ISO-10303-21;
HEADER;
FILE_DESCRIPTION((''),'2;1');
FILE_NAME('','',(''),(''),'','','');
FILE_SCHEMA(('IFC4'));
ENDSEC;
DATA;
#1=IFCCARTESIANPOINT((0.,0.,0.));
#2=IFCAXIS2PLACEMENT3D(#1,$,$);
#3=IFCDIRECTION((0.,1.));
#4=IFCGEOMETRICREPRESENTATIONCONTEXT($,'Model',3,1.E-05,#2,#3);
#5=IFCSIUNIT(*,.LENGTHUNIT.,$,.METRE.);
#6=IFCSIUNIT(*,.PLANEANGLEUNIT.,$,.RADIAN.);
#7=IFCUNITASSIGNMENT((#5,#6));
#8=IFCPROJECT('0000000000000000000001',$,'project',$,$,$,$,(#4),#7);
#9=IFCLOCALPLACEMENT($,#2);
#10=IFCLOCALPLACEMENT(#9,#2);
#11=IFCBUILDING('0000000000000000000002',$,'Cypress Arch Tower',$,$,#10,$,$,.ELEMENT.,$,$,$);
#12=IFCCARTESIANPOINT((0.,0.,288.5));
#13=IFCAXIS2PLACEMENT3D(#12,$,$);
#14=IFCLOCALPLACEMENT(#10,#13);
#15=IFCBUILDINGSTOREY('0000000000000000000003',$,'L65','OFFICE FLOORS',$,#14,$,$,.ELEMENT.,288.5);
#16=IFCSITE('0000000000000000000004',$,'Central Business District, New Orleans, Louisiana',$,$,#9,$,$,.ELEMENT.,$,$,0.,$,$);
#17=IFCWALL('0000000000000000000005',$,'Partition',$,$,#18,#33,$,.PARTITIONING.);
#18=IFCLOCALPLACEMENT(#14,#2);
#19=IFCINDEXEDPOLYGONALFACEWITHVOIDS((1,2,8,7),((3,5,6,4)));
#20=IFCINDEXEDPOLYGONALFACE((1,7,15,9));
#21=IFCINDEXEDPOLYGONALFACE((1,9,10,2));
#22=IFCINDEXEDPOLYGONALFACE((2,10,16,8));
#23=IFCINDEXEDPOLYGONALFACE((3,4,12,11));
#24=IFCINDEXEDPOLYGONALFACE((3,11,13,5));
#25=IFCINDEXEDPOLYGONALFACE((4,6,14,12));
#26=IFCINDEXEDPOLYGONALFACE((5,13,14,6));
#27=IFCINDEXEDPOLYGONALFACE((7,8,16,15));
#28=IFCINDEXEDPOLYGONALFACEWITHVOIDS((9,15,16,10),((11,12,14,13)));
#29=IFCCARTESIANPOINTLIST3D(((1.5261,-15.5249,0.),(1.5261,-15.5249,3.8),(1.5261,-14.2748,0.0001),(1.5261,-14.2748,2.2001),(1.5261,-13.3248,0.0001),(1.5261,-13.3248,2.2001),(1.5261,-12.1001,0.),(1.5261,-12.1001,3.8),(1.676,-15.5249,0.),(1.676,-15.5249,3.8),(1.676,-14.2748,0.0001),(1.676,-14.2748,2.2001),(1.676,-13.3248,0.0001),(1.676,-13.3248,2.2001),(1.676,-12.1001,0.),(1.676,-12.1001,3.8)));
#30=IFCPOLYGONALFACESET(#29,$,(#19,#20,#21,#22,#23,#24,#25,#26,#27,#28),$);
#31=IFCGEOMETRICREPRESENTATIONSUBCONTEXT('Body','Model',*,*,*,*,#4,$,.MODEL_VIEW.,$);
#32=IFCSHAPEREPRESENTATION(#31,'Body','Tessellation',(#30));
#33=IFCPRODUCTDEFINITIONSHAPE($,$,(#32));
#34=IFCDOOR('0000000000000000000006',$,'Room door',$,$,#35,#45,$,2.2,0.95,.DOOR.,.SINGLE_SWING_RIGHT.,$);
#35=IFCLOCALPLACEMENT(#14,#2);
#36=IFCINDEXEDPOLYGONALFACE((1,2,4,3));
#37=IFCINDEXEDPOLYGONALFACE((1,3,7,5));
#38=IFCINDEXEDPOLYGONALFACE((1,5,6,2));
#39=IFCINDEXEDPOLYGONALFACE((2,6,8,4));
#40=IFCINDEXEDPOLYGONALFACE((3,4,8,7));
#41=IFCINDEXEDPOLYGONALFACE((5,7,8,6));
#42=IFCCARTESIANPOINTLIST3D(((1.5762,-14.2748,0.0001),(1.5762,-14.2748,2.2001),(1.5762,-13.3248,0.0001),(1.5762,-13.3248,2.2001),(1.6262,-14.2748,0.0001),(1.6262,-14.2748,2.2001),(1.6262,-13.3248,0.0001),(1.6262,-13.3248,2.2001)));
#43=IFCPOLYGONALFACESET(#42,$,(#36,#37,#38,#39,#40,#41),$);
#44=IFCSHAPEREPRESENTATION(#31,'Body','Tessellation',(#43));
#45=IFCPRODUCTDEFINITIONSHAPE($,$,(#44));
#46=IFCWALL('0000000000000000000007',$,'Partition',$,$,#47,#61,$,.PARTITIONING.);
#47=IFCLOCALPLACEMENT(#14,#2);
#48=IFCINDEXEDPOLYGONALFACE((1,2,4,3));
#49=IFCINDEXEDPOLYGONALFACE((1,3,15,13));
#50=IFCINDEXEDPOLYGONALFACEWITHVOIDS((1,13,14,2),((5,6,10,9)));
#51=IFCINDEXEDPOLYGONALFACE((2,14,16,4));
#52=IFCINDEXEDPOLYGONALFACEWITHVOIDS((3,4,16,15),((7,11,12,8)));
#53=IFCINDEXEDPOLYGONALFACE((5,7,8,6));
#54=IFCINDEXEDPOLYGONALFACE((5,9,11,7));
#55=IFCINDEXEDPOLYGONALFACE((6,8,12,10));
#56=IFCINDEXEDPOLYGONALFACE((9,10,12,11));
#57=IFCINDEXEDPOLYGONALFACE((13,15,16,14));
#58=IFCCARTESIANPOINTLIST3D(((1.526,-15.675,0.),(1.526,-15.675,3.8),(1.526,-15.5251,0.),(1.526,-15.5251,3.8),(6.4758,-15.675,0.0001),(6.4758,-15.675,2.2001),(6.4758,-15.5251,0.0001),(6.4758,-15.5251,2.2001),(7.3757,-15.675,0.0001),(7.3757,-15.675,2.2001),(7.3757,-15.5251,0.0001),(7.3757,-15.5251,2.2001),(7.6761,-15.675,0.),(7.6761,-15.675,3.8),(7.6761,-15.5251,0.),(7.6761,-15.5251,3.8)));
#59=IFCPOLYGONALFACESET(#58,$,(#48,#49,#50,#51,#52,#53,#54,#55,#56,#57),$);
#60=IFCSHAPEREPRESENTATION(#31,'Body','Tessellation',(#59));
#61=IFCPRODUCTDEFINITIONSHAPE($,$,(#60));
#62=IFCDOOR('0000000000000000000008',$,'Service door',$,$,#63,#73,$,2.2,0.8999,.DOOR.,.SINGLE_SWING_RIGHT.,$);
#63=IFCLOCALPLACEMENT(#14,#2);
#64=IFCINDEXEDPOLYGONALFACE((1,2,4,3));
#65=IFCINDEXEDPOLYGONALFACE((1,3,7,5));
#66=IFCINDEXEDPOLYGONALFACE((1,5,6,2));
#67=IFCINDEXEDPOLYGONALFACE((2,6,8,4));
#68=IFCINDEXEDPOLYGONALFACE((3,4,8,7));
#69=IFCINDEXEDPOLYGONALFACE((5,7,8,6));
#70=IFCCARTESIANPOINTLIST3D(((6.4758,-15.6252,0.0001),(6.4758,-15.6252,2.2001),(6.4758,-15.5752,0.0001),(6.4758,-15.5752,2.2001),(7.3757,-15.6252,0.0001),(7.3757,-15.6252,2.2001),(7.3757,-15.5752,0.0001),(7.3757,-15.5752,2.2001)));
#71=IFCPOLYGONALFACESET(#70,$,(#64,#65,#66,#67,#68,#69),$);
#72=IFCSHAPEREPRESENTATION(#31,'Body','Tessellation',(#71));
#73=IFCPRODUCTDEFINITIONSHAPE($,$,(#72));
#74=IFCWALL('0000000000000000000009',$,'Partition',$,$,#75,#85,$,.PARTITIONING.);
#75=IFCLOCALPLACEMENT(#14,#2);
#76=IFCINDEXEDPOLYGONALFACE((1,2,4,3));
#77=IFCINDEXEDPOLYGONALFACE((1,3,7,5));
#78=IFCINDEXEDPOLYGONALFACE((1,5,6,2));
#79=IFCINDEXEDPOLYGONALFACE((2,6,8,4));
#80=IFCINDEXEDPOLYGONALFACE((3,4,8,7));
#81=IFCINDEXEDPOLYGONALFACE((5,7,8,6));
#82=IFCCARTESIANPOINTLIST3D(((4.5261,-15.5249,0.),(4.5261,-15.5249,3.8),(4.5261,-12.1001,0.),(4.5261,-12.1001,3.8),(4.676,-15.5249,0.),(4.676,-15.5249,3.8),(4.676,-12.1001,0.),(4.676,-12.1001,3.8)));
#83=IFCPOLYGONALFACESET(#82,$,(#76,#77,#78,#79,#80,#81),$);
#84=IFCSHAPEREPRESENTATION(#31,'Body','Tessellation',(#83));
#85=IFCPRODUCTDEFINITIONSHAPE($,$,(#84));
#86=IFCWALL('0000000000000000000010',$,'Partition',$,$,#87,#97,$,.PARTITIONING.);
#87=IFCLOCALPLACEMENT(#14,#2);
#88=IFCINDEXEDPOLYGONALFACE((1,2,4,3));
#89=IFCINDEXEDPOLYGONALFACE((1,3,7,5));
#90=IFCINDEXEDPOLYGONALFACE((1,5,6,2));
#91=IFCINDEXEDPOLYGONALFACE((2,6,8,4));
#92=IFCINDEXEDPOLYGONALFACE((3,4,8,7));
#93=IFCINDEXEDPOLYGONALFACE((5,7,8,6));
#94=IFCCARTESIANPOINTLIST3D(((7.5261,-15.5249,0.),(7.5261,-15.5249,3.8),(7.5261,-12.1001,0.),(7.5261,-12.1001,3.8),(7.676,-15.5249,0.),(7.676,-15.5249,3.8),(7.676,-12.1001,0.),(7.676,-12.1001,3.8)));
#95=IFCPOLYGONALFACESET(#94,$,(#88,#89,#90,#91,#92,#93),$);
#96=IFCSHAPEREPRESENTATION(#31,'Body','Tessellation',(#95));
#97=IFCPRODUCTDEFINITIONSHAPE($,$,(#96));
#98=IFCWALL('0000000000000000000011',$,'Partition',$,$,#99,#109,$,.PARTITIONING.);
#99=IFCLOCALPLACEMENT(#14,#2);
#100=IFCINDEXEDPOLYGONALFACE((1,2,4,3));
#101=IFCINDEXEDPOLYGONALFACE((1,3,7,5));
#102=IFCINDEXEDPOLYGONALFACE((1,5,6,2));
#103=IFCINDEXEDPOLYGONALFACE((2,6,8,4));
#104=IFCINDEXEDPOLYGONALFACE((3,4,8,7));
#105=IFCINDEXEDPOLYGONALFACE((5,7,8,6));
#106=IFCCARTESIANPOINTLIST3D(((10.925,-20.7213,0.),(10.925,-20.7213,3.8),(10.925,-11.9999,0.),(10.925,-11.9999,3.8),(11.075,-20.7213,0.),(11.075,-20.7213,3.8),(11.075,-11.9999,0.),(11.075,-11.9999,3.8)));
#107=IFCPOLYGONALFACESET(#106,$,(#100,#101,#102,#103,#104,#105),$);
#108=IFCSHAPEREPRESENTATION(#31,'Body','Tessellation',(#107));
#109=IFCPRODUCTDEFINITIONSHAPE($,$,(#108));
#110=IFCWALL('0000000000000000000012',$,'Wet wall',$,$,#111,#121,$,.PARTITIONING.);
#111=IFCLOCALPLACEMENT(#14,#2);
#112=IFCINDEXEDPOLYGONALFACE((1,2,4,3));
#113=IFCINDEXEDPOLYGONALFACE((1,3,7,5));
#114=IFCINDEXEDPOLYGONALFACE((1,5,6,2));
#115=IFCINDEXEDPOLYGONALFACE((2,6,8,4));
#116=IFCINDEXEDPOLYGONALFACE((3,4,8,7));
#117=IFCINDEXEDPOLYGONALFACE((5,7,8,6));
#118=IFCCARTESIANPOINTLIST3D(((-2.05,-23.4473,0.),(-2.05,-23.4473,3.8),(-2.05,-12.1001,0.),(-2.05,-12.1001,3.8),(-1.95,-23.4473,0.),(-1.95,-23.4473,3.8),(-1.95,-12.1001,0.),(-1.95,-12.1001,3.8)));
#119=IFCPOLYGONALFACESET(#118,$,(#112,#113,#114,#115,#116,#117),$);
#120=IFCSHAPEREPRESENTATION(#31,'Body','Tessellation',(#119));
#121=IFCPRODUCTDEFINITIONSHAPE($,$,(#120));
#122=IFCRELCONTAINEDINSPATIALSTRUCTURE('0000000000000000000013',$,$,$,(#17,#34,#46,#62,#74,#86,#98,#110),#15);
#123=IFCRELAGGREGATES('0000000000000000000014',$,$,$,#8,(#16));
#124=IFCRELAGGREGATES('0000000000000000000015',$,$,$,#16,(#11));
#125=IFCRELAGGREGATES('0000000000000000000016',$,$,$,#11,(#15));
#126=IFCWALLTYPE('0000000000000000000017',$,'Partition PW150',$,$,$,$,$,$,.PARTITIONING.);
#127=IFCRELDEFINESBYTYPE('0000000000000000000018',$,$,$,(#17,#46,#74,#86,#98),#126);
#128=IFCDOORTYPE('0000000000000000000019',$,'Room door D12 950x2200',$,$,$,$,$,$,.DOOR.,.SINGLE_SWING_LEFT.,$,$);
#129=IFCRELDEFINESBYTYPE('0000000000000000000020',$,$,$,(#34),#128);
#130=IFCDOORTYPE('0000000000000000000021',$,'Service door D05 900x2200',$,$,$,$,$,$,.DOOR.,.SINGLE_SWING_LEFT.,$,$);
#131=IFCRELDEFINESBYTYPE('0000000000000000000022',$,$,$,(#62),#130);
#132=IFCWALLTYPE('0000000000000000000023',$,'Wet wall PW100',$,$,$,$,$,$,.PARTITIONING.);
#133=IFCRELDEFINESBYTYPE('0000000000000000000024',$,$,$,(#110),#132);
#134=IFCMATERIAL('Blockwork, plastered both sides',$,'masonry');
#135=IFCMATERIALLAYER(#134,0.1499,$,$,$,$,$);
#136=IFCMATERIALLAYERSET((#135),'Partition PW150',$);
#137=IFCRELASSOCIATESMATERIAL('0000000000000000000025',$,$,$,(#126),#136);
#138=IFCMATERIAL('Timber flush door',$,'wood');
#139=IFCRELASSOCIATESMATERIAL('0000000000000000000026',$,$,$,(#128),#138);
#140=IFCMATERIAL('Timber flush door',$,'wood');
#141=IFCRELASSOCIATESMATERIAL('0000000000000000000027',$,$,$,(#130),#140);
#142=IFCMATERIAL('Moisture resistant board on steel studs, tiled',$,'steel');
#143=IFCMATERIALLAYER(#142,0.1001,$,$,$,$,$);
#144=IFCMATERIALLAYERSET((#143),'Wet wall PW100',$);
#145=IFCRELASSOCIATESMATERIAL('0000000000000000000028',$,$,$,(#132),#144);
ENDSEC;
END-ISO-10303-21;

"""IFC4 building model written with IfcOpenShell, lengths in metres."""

from ifc_helpers import new_model, si_unit, direction, frame, frame_2d, origin, place, context, subcontext, project, spatial, rectangle, extrude, material, layer, layer_set, type_object, element, fill, save


model = new_model("IFC4")

# Units and contexts
model_context = context("Model", 3, precision=1e-05, world=origin(), true_north=direction((0.0, 1.0)))
body_context = subcontext(model_context, "Body", "Model", "MODEL_VIEW")
ifc_project = project(units=[si_unit("LENGTHUNIT", "METRE"), si_unit("PLANEANGLEUNIT", "RADIAN")], contexts=[model_context])

# Site, building, storey
site_placement = place(None, origin())
site = spatial("IfcSite", under=ifc_project, at=site_placement, Name="Central Business District, New Orleans, Louisiana", CompositionType="ELEMENT", RefElevation=0.0)
building_placement = place(site_placement, origin())
building = spatial("IfcBuilding", under=site, at=building_placement, Name="Cypress Arch Tower", CompositionType="ELEMENT")
storey_placement = place(building_placement, frame((0.0, 0.0, 288.5)))
storey = spatial("IfcBuildingStorey", under=building, at=storey_placement, Name="L65", Description="OFFICE FLOORS", CompositionType="ELEMENT", Elevation=288.5)

# Walls, openings, doors
ifc_material_1 = material(Name="Blockwork, plastered both sides", Category="masonry")
ifc_layer_1 = layer(ifc_material_1, 0.1499)
ifc_layer_set_1 = layer_set([ifc_layer_1], Name="Partition PW150")
wall_type_1 = type_object("IfcWallType", Name="Partition PW150", PredefinedType="PARTITIONING", material=ifc_layer_set_1)
wall_1_placement = place(storey_placement, frame((1.6011, -15.5249, 0.0), z_axis=(0.0, 0.0, 1.0), x_axis=(0.0, 1.0, 0.0)))
wall_1 = element("IfcWall", 1, at=wall_1_placement, inside=storey, type_object=wall_type_1, Name="Partition", PredefinedType="PARTITIONING", context=body_context, shape_type="SweptSolid", body=[
    extrude(rectangle(XDim=3.4248, YDim=0.1499, at=frame_2d((1.7124, 0.0))), origin(), (0.0, 0.0, 1.0), 3.8),
])
opening_1_placement = place(wall_1_placement, frame((1.25, 0.0, 0.0)))
opening_1 = element("IfcOpeningElement", 2, at=opening_1_placement, cuts=wall_1, PredefinedType="OPENING", context=body_context, shape_type="SweptSolid", body=[
    extrude(rectangle(XDim=0.95, YDim=2.2, at=frame_2d((0.4751, 1.1001))), frame((0.0, 0.085, 0.0), z_axis=(0.0, -1.0, 0.0), x_axis=(1.0, 0.0, 0.0)), (0.0, 0.0, 1.0), 0.1699),
])
ifc_material_2 = material(Name="Timber flush door", Category="wood")
door_type_1 = type_object("IfcDoorType", Name="Room door D12 950x2200", OperationType="SINGLE_SWING_LEFT", PredefinedType="DOOR", material=ifc_material_2)
door_1_placement = place(opening_1_placement, origin())
door_1 = element("IfcDoor", 3, at=door_1_placement, inside=storey, type_object=door_type_1, Name="Room door", OperationType="SINGLE_SWING_RIGHT", OverallHeight=2.2, OverallWidth=0.95, PredefinedType="DOOR", context=body_context, shape_type="SweptSolid", body=[
    extrude(rectangle(XDim=0.95, YDim=2.2, at=frame_2d((0.4751, 1.1001))), frame((0.0, 0.0249, 0.0), z_axis=(0.0, -1.0, 0.0), x_axis=(1.0, 0.0, 0.0)), (0.0, 0.0, 1.0), 0.05),
])
fill(opening_1, door_1)
wall_2_placement = place(storey_placement, frame((1.5259, -15.6001, 0.0), z_axis=(0.0, 0.0, 1.0), x_axis=(1.0, 0.0, 0.0)))
wall_2 = element("IfcWall", 4, at=wall_2_placement, inside=storey, type_object=wall_type_1, Name="Partition", PredefinedType="PARTITIONING", context=body_context, shape_type="SweptSolid", body=[
    extrude(rectangle(XDim=6.1501, YDim=0.1499, at=frame_2d((3.0752, 0.0))), origin(), (0.0, 0.0, 1.0), 3.8),
])
opening_2_placement = place(wall_2_placement, frame((4.95, 0.0, 0.0)))
opening_2 = element("IfcOpeningElement", 5, at=opening_2_placement, cuts=wall_2, PredefinedType="OPENING", context=body_context, shape_type="SweptSolid", body=[
    extrude(rectangle(XDim=0.8999, YDim=2.2, at=frame_2d((0.45, 1.1001))), frame((0.0, 0.085, 0.0), z_axis=(0.0, -1.0, 0.0), x_axis=(1.0, 0.0, 0.0)), (0.0, 0.0, 1.0), 0.1699),
])
ifc_material_3 = material(Name="Timber flush door", Category="wood")
door_type_2 = type_object("IfcDoorType", Name="Service door D05 900x2200", OperationType="SINGLE_SWING_LEFT", PredefinedType="DOOR", material=ifc_material_3)
door_2_placement = place(opening_2_placement, origin())
door_2 = element("IfcDoor", 6, at=door_2_placement, inside=storey, type_object=door_type_2, Name="Service door", OperationType="SINGLE_SWING_RIGHT", OverallHeight=2.2, OverallWidth=0.8999, PredefinedType="DOOR", context=body_context, shape_type="SweptSolid", body=[
    extrude(rectangle(XDim=0.8999, YDim=2.2, at=frame_2d((0.45, 1.1001))), frame((0.0, 0.0249, 0.0), z_axis=(0.0, -1.0, 0.0), x_axis=(1.0, 0.0, 0.0)), (0.0, 0.0, 1.0), 0.05),
])
fill(opening_2, door_2)

# Walls
for number, where, z_axis, x_axis, name in (
    (7, (4.6011, -15.5249, 0.0), (0.0, 0.0, 1.0), (0.0, 1.0, 0.0), "Partition"),
    (8, (7.6011, -15.5249, 0.0), (0.0, 0.0, 1.0), (0.0, 1.0, 0.0), "Partition"),
):
    element("IfcWall", number, at=place(storey_placement, frame(where, z_axis=z_axis, x_axis=x_axis)), inside=storey, type_object=wall_type_1, Name=name, PredefinedType="PARTITIONING", context=body_context, shape_type="SweptSolid", body=[
        extrude(rectangle(XDim=3.4248, YDim=0.1499, at=frame_2d((1.7124, 0.0))), origin(), (0.0, 0.0, 1.0), 3.8),
    ])
wall_3_placement = place(storey_placement, frame((11.0, -20.7214, 0.0), z_axis=(0.0, 0.0, 1.0), x_axis=(0.0, 1.0, 0.0)))
element("IfcWall", 9, at=wall_3_placement, inside=storey, type_object=wall_type_1, Name="Partition", PredefinedType="PARTITIONING", context=body_context, shape_type="SweptSolid", body=[
    extrude(rectangle(XDim=8.7214, YDim=0.1499, at=frame_2d((4.3608, 0.0))), origin(), (0.0, 0.0, 1.0), 3.8),
])
ifc_material_4 = material(Name="Moisture resistant board on steel studs, tiled", Category="steel")
ifc_layer_2 = layer(ifc_material_4, 0.1001)
ifc_layer_set_2 = layer_set([ifc_layer_2], Name="Wet wall PW100")
wall_type_2 = type_object("IfcWallType", Name="Wet wall PW100", PredefinedType="PARTITIONING", material=ifc_layer_set_2)
wall_4_placement = place(storey_placement, frame((-2.0, -23.4473, 0.0), z_axis=(0.0, 0.0, 1.0), x_axis=(0.0, 1.0, 0.0)))
element("IfcWall", 10, at=wall_4_placement, inside=storey, type_object=wall_type_2, Name="Wet wall", PredefinedType="PARTITIONING", context=body_context, shape_type="SweptSolid", body=[
    extrude(rectangle(XDim=11.3472, YDim=0.1001, at=frame_2d((5.6736, 0.0))), origin(), (0.0, 0.0, 1.0), 3.8),
])

save(model, "model.ifc")
